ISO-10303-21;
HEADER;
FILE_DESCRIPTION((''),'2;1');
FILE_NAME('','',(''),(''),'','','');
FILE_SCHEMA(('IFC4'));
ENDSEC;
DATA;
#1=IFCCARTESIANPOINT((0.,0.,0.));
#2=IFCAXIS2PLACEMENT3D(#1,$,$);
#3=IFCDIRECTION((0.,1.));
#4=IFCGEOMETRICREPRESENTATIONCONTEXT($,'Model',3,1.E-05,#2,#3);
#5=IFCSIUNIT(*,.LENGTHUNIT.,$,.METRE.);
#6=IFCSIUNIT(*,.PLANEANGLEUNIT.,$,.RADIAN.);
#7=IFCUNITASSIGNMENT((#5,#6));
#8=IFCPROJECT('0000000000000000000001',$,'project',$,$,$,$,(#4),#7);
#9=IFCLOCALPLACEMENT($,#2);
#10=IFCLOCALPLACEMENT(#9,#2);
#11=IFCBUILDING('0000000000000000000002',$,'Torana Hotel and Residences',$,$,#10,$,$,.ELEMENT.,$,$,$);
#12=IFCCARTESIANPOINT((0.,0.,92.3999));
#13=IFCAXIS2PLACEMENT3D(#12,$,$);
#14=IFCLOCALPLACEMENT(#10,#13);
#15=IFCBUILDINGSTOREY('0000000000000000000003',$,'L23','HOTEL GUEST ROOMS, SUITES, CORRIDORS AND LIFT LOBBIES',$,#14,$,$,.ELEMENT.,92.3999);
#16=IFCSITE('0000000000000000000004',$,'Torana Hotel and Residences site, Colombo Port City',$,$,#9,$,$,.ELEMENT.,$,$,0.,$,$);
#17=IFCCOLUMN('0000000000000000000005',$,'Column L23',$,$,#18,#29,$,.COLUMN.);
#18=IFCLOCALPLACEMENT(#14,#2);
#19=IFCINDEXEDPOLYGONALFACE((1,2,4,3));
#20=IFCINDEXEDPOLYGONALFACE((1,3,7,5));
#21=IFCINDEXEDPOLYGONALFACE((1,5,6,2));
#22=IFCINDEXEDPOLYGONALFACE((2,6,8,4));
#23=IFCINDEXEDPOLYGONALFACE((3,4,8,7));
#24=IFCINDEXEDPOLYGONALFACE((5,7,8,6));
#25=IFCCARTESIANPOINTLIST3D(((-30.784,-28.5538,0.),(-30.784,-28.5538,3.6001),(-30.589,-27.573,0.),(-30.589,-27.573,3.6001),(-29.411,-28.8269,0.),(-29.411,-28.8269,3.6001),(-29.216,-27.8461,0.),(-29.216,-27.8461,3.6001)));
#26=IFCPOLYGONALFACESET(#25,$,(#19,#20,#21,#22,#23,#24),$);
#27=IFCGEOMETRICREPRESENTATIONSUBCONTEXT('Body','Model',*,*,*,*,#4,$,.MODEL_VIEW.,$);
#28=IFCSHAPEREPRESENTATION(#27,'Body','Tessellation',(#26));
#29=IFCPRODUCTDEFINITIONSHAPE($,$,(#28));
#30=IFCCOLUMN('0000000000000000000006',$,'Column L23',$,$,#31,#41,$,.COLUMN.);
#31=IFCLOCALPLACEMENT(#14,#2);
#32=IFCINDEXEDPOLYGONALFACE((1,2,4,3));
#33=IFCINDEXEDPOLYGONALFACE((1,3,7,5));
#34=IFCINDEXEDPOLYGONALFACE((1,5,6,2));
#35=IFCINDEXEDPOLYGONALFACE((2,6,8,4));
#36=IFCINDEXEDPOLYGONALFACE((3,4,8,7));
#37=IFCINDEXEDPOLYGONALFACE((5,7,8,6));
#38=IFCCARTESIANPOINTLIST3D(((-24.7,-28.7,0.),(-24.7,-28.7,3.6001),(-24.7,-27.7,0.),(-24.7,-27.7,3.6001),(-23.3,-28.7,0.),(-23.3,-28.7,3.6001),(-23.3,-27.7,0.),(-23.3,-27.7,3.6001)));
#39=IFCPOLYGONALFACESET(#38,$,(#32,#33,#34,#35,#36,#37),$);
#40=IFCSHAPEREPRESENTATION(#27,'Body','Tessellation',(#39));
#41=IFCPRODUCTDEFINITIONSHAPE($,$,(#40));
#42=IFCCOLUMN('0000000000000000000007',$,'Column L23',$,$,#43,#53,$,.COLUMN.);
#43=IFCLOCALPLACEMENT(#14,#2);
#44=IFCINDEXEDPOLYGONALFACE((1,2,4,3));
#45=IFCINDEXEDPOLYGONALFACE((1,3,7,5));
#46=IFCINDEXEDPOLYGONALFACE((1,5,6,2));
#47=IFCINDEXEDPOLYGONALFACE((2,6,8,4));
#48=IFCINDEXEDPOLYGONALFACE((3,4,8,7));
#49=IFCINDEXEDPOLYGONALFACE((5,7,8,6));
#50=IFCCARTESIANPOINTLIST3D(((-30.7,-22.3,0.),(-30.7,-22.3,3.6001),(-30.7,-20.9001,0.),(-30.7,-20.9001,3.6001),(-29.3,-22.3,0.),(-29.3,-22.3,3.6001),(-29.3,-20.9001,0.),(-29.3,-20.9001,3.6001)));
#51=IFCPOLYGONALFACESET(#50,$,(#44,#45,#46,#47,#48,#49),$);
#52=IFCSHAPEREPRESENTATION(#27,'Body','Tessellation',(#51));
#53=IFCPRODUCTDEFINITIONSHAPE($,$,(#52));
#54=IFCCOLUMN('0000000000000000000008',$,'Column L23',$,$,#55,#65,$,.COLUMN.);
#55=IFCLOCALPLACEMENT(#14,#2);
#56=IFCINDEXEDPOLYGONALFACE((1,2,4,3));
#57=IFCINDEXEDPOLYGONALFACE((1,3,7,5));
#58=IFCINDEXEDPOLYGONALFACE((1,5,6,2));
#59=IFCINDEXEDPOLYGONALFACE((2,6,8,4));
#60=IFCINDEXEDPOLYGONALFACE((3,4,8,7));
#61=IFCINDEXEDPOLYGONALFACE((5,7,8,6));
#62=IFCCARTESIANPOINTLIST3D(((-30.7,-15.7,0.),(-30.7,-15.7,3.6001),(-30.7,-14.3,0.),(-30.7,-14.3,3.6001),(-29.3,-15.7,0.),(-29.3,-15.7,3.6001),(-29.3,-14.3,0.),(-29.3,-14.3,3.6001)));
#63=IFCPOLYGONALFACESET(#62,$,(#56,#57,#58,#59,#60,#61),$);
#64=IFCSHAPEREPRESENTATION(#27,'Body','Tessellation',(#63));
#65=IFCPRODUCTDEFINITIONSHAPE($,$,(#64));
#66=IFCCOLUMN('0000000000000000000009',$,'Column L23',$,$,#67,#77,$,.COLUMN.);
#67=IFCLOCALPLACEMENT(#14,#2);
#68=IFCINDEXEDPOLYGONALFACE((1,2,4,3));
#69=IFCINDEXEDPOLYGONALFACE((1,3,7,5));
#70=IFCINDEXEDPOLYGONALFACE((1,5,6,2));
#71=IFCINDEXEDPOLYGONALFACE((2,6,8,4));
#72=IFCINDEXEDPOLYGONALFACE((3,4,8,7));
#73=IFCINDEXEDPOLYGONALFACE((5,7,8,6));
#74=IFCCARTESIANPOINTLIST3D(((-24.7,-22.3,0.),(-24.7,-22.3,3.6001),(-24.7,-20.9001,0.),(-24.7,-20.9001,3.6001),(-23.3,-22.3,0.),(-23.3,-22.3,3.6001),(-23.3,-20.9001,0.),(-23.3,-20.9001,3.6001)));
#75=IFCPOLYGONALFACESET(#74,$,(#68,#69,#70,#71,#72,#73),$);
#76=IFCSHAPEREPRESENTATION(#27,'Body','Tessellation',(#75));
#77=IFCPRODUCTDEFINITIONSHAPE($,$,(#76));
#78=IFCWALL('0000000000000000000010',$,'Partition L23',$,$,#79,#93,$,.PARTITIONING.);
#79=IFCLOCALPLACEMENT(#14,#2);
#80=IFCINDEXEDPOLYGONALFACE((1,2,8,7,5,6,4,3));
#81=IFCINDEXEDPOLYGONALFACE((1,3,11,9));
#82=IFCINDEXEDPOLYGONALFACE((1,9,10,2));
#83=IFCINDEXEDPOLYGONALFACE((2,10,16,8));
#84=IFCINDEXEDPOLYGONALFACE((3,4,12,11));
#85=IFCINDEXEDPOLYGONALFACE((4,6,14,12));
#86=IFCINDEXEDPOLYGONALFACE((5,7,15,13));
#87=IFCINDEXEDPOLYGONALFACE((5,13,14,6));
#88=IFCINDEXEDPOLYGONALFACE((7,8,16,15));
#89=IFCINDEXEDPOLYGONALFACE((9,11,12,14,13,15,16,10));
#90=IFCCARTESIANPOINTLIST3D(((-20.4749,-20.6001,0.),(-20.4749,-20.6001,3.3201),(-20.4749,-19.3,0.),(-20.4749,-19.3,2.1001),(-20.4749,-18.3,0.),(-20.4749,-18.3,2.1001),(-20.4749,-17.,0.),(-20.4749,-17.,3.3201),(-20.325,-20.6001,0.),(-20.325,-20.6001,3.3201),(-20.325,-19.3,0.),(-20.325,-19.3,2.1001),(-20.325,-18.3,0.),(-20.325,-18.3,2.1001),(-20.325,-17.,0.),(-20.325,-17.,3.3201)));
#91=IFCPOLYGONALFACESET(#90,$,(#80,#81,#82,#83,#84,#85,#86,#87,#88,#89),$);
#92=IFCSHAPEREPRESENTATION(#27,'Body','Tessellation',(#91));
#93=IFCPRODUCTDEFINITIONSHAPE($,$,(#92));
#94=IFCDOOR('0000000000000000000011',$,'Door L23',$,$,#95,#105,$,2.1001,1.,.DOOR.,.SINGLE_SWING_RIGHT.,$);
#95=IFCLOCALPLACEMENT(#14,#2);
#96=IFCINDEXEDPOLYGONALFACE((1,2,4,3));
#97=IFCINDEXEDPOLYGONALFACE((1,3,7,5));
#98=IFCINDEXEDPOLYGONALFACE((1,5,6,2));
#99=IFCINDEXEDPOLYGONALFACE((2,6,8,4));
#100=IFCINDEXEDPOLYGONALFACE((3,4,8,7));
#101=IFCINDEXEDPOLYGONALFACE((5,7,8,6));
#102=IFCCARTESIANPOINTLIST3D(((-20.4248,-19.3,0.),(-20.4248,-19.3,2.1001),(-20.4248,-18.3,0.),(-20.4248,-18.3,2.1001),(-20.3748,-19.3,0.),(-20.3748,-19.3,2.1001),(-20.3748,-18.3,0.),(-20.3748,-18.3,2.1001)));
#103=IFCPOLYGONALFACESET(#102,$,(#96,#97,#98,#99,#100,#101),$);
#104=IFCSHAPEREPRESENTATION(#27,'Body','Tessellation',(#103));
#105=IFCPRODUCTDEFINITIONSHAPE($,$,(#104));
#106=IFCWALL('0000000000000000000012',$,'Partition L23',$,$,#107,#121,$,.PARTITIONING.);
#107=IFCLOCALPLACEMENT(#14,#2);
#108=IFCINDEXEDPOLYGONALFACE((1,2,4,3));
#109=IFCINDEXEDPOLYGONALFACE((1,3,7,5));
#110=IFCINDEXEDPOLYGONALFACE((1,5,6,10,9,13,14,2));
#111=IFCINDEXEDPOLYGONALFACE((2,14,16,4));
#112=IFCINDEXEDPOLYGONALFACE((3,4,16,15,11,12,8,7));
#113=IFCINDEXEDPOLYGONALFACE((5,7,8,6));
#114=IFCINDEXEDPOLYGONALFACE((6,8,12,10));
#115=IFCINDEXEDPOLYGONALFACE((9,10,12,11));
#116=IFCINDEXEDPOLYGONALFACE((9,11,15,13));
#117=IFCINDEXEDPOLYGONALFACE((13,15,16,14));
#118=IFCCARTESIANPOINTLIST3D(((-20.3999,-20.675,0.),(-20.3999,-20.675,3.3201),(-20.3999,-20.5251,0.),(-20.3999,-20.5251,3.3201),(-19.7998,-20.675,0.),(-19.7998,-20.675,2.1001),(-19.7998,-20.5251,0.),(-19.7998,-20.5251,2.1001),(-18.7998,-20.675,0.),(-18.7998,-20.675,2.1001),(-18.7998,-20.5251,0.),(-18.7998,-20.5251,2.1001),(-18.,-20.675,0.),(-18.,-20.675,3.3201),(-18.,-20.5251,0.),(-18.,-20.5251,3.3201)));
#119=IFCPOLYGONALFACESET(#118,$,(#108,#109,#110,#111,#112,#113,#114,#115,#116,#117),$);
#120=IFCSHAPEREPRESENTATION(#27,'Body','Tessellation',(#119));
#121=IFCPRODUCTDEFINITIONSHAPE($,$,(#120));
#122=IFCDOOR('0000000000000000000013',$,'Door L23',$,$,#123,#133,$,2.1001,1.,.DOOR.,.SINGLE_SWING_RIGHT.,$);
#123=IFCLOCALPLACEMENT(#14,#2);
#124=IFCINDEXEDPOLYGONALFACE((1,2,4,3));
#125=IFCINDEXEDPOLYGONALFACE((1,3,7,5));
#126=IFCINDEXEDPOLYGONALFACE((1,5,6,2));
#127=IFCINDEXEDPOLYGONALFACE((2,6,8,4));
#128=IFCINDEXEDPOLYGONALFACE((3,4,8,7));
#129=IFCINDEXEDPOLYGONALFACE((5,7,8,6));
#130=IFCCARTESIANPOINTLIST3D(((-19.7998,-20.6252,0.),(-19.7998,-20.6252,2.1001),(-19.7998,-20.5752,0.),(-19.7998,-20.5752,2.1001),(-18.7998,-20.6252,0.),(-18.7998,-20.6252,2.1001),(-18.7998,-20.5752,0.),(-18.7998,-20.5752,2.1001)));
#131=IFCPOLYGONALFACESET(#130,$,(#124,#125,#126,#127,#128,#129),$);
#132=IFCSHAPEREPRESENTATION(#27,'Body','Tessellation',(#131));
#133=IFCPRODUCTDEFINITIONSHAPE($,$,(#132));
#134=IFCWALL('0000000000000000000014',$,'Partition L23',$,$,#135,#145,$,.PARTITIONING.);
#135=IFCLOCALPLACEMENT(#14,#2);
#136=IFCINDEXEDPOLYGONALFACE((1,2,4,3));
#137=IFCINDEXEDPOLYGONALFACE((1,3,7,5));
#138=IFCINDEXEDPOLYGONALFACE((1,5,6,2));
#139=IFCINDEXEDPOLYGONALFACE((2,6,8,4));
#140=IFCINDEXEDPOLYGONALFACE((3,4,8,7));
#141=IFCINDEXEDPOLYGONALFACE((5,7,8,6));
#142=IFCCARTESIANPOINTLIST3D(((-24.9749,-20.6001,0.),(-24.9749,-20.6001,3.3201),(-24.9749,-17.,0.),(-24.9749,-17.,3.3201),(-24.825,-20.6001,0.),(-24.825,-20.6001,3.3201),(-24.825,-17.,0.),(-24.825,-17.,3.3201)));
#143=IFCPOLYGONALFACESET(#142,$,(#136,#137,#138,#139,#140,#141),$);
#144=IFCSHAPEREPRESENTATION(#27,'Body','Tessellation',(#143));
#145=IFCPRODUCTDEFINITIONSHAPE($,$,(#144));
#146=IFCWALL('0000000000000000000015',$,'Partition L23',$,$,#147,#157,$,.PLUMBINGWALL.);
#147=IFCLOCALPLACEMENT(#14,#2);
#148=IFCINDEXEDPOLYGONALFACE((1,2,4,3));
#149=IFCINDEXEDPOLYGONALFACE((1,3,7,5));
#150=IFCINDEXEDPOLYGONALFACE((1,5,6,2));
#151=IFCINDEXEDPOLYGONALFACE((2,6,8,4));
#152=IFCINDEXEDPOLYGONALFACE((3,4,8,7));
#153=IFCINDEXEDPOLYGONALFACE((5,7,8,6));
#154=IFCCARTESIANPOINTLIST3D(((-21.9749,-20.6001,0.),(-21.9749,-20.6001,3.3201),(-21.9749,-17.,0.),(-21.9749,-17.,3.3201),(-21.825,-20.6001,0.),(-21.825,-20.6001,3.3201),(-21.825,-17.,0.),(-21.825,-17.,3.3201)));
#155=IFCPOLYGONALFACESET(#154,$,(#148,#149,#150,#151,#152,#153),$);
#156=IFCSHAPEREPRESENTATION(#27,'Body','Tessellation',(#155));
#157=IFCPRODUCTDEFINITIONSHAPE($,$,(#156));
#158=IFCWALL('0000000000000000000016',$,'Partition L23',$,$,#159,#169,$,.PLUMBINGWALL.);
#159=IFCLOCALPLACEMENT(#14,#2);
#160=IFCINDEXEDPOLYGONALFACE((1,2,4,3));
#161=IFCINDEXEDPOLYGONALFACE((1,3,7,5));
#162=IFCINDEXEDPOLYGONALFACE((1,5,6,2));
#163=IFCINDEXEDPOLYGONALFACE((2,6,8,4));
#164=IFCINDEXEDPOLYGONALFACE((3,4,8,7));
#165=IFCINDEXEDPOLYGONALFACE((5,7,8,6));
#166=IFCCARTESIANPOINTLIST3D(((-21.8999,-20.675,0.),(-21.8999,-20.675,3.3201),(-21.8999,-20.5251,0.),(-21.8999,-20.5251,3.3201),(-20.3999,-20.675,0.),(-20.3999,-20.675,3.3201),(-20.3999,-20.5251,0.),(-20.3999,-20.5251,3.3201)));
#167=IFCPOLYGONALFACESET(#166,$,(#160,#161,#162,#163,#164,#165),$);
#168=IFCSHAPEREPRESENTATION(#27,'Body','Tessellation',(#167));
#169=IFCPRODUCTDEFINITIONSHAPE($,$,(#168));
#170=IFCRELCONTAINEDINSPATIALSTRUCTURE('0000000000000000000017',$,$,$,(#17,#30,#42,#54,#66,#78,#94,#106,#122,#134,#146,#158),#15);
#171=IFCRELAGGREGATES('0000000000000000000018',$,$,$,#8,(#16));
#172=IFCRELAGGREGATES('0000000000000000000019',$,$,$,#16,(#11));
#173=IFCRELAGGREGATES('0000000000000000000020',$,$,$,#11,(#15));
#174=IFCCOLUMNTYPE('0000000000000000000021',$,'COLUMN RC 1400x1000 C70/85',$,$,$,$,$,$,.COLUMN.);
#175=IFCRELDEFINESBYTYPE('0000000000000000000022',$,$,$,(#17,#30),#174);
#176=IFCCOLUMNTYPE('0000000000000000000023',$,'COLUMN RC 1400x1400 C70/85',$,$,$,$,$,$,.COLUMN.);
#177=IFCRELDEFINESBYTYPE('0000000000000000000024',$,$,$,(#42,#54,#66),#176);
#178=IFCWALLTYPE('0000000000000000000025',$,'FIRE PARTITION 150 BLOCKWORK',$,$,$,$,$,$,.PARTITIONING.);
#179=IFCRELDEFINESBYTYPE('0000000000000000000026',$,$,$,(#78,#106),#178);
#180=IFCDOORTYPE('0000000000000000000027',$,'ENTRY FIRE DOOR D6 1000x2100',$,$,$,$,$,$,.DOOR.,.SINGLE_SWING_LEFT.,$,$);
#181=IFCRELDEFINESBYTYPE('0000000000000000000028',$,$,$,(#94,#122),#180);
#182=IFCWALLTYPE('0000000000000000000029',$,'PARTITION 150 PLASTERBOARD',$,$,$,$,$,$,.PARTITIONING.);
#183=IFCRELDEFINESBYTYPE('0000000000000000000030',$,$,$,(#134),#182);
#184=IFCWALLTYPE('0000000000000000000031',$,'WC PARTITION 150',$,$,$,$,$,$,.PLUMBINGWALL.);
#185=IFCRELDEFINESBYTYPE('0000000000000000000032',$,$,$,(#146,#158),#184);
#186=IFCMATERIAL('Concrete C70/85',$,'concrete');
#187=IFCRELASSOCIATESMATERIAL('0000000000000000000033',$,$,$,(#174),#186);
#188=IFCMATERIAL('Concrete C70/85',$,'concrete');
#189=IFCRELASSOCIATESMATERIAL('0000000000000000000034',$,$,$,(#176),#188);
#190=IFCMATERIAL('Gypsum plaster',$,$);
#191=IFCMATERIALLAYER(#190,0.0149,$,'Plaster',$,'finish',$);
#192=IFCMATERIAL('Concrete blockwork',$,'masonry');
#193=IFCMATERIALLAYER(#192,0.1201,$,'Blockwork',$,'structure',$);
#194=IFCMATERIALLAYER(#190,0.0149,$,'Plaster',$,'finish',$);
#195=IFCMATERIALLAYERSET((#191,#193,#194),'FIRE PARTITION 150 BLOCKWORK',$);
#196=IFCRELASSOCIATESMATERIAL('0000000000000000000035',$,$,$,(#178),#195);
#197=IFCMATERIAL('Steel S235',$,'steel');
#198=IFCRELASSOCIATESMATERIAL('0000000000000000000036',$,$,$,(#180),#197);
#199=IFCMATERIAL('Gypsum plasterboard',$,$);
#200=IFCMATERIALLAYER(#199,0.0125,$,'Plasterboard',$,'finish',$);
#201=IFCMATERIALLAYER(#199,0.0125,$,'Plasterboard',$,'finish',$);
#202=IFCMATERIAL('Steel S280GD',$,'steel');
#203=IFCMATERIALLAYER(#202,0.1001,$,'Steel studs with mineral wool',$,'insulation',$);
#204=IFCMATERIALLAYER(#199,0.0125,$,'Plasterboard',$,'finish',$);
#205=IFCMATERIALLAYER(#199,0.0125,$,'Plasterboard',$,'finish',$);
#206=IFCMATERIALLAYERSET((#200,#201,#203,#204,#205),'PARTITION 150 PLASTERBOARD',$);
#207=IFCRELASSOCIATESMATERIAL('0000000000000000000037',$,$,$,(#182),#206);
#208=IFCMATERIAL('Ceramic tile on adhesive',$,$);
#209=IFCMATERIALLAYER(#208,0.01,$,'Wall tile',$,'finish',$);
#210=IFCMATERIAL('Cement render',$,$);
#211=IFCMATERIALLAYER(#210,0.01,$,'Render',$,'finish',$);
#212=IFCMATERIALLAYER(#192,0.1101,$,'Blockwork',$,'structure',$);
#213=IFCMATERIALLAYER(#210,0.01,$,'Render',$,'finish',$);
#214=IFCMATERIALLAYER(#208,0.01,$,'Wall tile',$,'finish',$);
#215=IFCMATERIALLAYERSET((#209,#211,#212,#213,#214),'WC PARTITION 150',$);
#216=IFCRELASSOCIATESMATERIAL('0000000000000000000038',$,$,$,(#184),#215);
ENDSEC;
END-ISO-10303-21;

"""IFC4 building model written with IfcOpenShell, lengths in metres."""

from ifc_helpers import new_model, si_unit, direction, frame, frame_2d, origin, origin_2d, place, context, subcontext, project, spatial, rectangle, extrude, material, layer, layer_set, material_profile, profile_set, type_object, element, fill, save


model = new_model("IFC4")

# Units and contexts
model_context = context("Model", 3, precision=1e-05, world=origin(), true_north=direction((0.0, 1.0)))
body_context = subcontext(model_context, "Body", "Model", "MODEL_VIEW")
ifc_project = project(units=[si_unit("LENGTHUNIT", "METRE"), si_unit("PLANEANGLEUNIT", "RADIAN")], contexts=[model_context])

# Site, building, storey
site_placement = place(None, origin())
site = spatial("IfcSite", under=ifc_project, at=site_placement, Name="Torana Hotel and Residences site, Colombo Port City", CompositionType="ELEMENT", RefElevation=0.0)
building_placement = place(site_placement, origin())
building = spatial("IfcBuilding", under=site, at=building_placement, Name="Torana Hotel and Residences", CompositionType="ELEMENT")
storey_placement = place(building_placement, frame((0.0, 0.0, 92.3999)))
storey = spatial("IfcBuildingStorey", under=building, at=storey_placement, Name="L23", Description="HOTEL GUEST ROOMS, SUITES, CORRIDORS AND LIFT LOBBIES", CompositionType="ELEMENT", Elevation=92.3999)

# Columns
ifc_material_1 = material(Name="Concrete C70/85", Category="concrete")
ifc_material_profile_1 = material_profile(ifc_material_1, rectangle(XDim=1.3999, YDim=1.0, at=origin_2d()), Name="RC 1400x1000")
ifc_profile_set_1 = profile_set([ifc_material_profile_1], Name="Concrete C70/85")
column_type_1 = type_object("IfcColumnType", Name="COLUMN RC 1400x1000 C70/85", PredefinedType="COLUMN", material=ifc_profile_set_1)
for number, where, z_axis, x_axis, name in (
    (1, (-30.0, -28.2, 0.0), (0.0, 0.0, 1.0), (-0.980792, 0.195056, 0.0), "Column L23"),
    (2, (-24.0, -28.2, 0.0), (0.0, 0.0, 1.0), (1.0, 0.0, 0.0), "Column L23"),
):
    element("IfcColumn", number, at=place(storey_placement, frame(where, z_axis=z_axis, x_axis=x_axis)), inside=storey, type_object=column_type_1, Name=name, PredefinedType="COLUMN", context=body_context, shape_type="SweptSolid", body=[
        extrude(rectangle(XDim=1.3999, YDim=1.0, at=origin_2d()), origin(), (0.0, 0.0, 1.0), 3.6001),
    ])
ifc_material_2 = material(Name="Concrete C70/85", Category="concrete")
ifc_material_profile_2 = material_profile(ifc_material_2, rectangle(XDim=1.3999, YDim=1.3999, at=origin_2d()), Name="RC 1400x1400")
ifc_profile_set_2 = profile_set([ifc_material_profile_2], Name="Concrete C70/85")
column_type_2 = type_object("IfcColumnType", Name="COLUMN RC 1400x1400 C70/85", PredefinedType="COLUMN", material=ifc_profile_set_2)
for number, where, z_axis, x_axis, name in (
    (3, (-30.0, -21.6001, 0.0), (0.0, 0.0, 1.0), (1.0, 0.0, 0.0), "Column L23"),
    (4, (-30.0, -15.0, 0.0), (0.0, 0.0, 1.0), (1.0, 0.0, 0.0), "Column L23"),
    (5, (-24.0, -21.6001, 0.0), (0.0, 0.0, 1.0), (1.0, 0.0, 0.0), "Column L23"),
):
    element("IfcColumn", number, at=place(storey_placement, frame(where, z_axis=z_axis, x_axis=x_axis)), inside=storey, type_object=column_type_2, Name=name, PredefinedType="COLUMN", context=body_context, shape_type="SweptSolid", body=[
        extrude(rectangle(XDim=1.3999, YDim=1.3999, at=origin_2d()), origin(), (0.0, 0.0, 1.0), 3.6001),
    ])

# Walls, openings, doors
ifc_material_3 = material(Name="Gypsum plaster")
ifc_layer_1 = layer(ifc_material_3, 0.0149, Name="Plaster", Category="finish")
ifc_material_4 = material(Name="Concrete blockwork", Category="masonry")
ifc_layer_2 = layer(ifc_material_4, 0.1201, Name="Blockwork", Category="structure")
ifc_layer_3 = layer(ifc_material_3, 0.0149, Name="Plaster", Category="finish")
ifc_layer_set_1 = layer_set([ifc_layer_1, ifc_layer_2, ifc_layer_3], Name="FIRE PARTITION 150 BLOCKWORK")
wall_type_1 = type_object("IfcWallType", Name="FIRE PARTITION 150 BLOCKWORK", PredefinedType="PARTITIONING", material=ifc_layer_set_1)
wall_1_placement = place(storey_placement, frame((-20.3999, -20.6001, 0.0), z_axis=(0.0, 0.0, 1.0), x_axis=(0.0, 1.0, 0.0)))
wall_1 = element("IfcWall", 6, at=wall_1_placement, inside=storey, type_object=wall_type_1, Name="Partition L23", PredefinedType="PARTITIONING", context=body_context, shape_type="SweptSolid", body=[
    extrude(rectangle(XDim=3.6001, YDim=0.1499, at=frame_2d((1.8, 0.0))), origin(), (0.0, 0.0, 1.0), 3.3201),
])
opening_1_placement = place(wall_1_placement, frame((1.3, 0.0, 0.0)))
opening_1 = element("IfcOpeningElement", 7, at=opening_1_placement, cuts=wall_1, PredefinedType="OPENING", context=body_context, shape_type="SweptSolid", body=[
    extrude(rectangle(XDim=1.0, YDim=2.1001, at=frame_2d((0.5, 1.05))), frame((0.0, 0.085, 0.0), z_axis=(0.0, -1.0, 0.0), x_axis=(1.0, 0.0, 0.0)), (0.0, 0.0, 1.0), 0.1699),
])
ifc_material_5 = material(Name="Steel S235", Category="steel")
door_type = type_object("IfcDoorType", Name="ENTRY FIRE DOOR D6 1000x2100", OperationType="SINGLE_SWING_LEFT", PredefinedType="DOOR", material=ifc_material_5)
door_1_placement = place(opening_1_placement, origin())
door_1 = element("IfcDoor", 8, at=door_1_placement, inside=storey, type_object=door_type, Name="Door L23", OperationType="SINGLE_SWING_RIGHT", OverallHeight=2.1001, OverallWidth=1.0, PredefinedType="DOOR", context=body_context, shape_type="SweptSolid", body=[
    extrude(rectangle(XDim=1.0, YDim=2.1001, at=frame_2d((0.5, 1.05))), frame((0.0, 0.0249, 0.0), z_axis=(0.0, -1.0, 0.0), x_axis=(1.0, 0.0, 0.0)), (0.0, 0.0, 1.0), 0.05),
])
fill(opening_1, door_1)
wall_2_placement = place(storey_placement, frame((-20.3999, -20.6001, 0.0), z_axis=(0.0, 0.0, 1.0), x_axis=(1.0, 0.0, 0.0)))
wall_2 = element("IfcWall", 9, at=wall_2_placement, inside=storey, type_object=wall_type_1, Name="Partition L23", PredefinedType="PARTITIONING", context=body_context, shape_type="SweptSolid", body=[
    extrude(rectangle(XDim=2.3999, YDim=0.1499, at=frame_2d((1.2, 0.0))), origin(), (0.0, 0.0, 1.0), 3.3201),
])
opening_2_placement = place(wall_2_placement, frame((0.6001, 0.0, 0.0)))
opening_2 = element("IfcOpeningElement", 10, at=opening_2_placement, cuts=wall_2, PredefinedType="OPENING", context=body_context, shape_type="SweptSolid", body=[
    extrude(rectangle(XDim=1.0, YDim=2.1001, at=frame_2d((0.5, 1.05))), frame((0.0, 0.085, 0.0), z_axis=(0.0, -1.0, 0.0), x_axis=(1.0, 0.0, 0.0)), (0.0, 0.0, 1.0), 0.1699),
])
door_2_placement = place(opening_2_placement, frame((0.5, 0.0, 0.0), z_axis=(0.0, 0.0, 1.0), x_axis=(-1.0, 0.0, 0.0)))
door_2 = element("IfcDoor", 11, at=door_2_placement, inside=storey, type_object=door_type, Name="Door L23", OperationType="SINGLE_SWING_RIGHT", OverallHeight=2.1001, OverallWidth=1.0, PredefinedType="DOOR", context=body_context, shape_type="SweptSolid", body=[
    extrude(rectangle(XDim=1.0, YDim=2.1001, at=frame_2d((0.0, 1.05))), frame((0.0, -0.0249, 0.0), z_axis=(0.0, 1.0, 0.0), x_axis=(-1.0, 0.0, 0.0)), (0.0, 0.0, 1.0), 0.05),
])
fill(opening_2, door_2)

# Walls
ifc_material_6 = material(Name="Gypsum plasterboard")
ifc_layer_4 = layer(ifc_material_6, 0.0125, Name="Plasterboard", Category="finish")
ifc_layer_5 = layer(ifc_material_6, 0.0125, Name="Plasterboard", Category="finish")
ifc_material_7 = material(Name="Steel S280GD", Category="steel")
ifc_layer_6 = layer(ifc_material_7, 0.1001, Name="Steel studs with mineral wool", Category="insulation")
ifc_layer_7 = layer(ifc_material_6, 0.0125, Name="Plasterboard", Category="finish")
ifc_layer_8 = layer(ifc_material_6, 0.0125, Name="Plasterboard", Category="finish")
ifc_layer_set_2 = layer_set([ifc_layer_4, ifc_layer_5, ifc_layer_6, ifc_layer_7, ifc_layer_8], Name="PARTITION 150 PLASTERBOARD")
wall_type_2 = type_object("IfcWallType", Name="PARTITION 150 PLASTERBOARD", PredefinedType="PARTITIONING", material=ifc_layer_set_2)
wall_3_placement = place(storey_placement, frame((-24.8999, -20.6001, 0.0), z_axis=(0.0, 0.0, 1.0), x_axis=(0.0, 1.0, 0.0)))
element("IfcWall", 12, at=wall_3_placement, inside=storey, type_object=wall_type_2, Name="Partition L23", PredefinedType="PARTITIONING", context=body_context, shape_type="SweptSolid", body=[
    extrude(rectangle(XDim=3.6001, YDim=0.1499, at=frame_2d((1.8, 0.0))), origin(), (0.0, 0.0, 1.0), 3.3201),
])
ifc_material_8 = material(Name="Ceramic tile on adhesive")
ifc_layer_9 = layer(ifc_material_8, 0.01, Name="Wall tile", Category="finish")
ifc_material_9 = material(Name="Cement render")
ifc_layer_10 = layer(ifc_material_9, 0.01, Name="Render", Category="finish")
ifc_layer_11 = layer(ifc_material_4, 0.1101, Name="Blockwork", Category="structure")
ifc_layer_12 = layer(ifc_material_9, 0.01, Name="Render", Category="finish")
ifc_layer_13 = layer(ifc_material_8, 0.01, Name="Wall tile", Category="finish")
ifc_layer_set_3 = layer_set([ifc_layer_9, ifc_layer_10, ifc_layer_11, ifc_layer_12, ifc_layer_13], Name="WC PARTITION 150")
wall_type_3 = type_object("IfcWallType", Name="WC PARTITION 150", PredefinedType="PLUMBINGWALL", material=ifc_layer_set_3)
wall_4_placement = place(storey_placement, frame((-21.8999, -20.6001, 0.0), z_axis=(0.0, 0.0, 1.0), x_axis=(0.0, 1.0, 0.0)))
element("IfcWall", 13, at=wall_4_placement, inside=storey, type_object=wall_type_3, Name="Partition L23", PredefinedType="PLUMBINGWALL", context=body_context, shape_type="SweptSolid", body=[
    extrude(rectangle(XDim=3.6001, YDim=0.1499, at=frame_2d((1.8, 0.0))), origin(), (0.0, 0.0, 1.0), 3.3201),
])
wall_5_placement = place(storey_placement, frame((-21.8999, -20.6001, 0.0), z_axis=(0.0, 0.0, 1.0), x_axis=(1.0, 0.0, 0.0)))
element("IfcWall", 14, at=wall_5_placement, inside=storey, type_object=wall_type_3, Name="Partition L23", PredefinedType="PLUMBINGWALL", context=body_context, shape_type="SweptSolid", body=[
    extrude(rectangle(XDim=1.5, YDim=0.1499, at=frame_2d((0.75, 0.0))), origin(), (0.0, 0.0, 1.0), 3.3201),
])

save(model, "model.ifc")
